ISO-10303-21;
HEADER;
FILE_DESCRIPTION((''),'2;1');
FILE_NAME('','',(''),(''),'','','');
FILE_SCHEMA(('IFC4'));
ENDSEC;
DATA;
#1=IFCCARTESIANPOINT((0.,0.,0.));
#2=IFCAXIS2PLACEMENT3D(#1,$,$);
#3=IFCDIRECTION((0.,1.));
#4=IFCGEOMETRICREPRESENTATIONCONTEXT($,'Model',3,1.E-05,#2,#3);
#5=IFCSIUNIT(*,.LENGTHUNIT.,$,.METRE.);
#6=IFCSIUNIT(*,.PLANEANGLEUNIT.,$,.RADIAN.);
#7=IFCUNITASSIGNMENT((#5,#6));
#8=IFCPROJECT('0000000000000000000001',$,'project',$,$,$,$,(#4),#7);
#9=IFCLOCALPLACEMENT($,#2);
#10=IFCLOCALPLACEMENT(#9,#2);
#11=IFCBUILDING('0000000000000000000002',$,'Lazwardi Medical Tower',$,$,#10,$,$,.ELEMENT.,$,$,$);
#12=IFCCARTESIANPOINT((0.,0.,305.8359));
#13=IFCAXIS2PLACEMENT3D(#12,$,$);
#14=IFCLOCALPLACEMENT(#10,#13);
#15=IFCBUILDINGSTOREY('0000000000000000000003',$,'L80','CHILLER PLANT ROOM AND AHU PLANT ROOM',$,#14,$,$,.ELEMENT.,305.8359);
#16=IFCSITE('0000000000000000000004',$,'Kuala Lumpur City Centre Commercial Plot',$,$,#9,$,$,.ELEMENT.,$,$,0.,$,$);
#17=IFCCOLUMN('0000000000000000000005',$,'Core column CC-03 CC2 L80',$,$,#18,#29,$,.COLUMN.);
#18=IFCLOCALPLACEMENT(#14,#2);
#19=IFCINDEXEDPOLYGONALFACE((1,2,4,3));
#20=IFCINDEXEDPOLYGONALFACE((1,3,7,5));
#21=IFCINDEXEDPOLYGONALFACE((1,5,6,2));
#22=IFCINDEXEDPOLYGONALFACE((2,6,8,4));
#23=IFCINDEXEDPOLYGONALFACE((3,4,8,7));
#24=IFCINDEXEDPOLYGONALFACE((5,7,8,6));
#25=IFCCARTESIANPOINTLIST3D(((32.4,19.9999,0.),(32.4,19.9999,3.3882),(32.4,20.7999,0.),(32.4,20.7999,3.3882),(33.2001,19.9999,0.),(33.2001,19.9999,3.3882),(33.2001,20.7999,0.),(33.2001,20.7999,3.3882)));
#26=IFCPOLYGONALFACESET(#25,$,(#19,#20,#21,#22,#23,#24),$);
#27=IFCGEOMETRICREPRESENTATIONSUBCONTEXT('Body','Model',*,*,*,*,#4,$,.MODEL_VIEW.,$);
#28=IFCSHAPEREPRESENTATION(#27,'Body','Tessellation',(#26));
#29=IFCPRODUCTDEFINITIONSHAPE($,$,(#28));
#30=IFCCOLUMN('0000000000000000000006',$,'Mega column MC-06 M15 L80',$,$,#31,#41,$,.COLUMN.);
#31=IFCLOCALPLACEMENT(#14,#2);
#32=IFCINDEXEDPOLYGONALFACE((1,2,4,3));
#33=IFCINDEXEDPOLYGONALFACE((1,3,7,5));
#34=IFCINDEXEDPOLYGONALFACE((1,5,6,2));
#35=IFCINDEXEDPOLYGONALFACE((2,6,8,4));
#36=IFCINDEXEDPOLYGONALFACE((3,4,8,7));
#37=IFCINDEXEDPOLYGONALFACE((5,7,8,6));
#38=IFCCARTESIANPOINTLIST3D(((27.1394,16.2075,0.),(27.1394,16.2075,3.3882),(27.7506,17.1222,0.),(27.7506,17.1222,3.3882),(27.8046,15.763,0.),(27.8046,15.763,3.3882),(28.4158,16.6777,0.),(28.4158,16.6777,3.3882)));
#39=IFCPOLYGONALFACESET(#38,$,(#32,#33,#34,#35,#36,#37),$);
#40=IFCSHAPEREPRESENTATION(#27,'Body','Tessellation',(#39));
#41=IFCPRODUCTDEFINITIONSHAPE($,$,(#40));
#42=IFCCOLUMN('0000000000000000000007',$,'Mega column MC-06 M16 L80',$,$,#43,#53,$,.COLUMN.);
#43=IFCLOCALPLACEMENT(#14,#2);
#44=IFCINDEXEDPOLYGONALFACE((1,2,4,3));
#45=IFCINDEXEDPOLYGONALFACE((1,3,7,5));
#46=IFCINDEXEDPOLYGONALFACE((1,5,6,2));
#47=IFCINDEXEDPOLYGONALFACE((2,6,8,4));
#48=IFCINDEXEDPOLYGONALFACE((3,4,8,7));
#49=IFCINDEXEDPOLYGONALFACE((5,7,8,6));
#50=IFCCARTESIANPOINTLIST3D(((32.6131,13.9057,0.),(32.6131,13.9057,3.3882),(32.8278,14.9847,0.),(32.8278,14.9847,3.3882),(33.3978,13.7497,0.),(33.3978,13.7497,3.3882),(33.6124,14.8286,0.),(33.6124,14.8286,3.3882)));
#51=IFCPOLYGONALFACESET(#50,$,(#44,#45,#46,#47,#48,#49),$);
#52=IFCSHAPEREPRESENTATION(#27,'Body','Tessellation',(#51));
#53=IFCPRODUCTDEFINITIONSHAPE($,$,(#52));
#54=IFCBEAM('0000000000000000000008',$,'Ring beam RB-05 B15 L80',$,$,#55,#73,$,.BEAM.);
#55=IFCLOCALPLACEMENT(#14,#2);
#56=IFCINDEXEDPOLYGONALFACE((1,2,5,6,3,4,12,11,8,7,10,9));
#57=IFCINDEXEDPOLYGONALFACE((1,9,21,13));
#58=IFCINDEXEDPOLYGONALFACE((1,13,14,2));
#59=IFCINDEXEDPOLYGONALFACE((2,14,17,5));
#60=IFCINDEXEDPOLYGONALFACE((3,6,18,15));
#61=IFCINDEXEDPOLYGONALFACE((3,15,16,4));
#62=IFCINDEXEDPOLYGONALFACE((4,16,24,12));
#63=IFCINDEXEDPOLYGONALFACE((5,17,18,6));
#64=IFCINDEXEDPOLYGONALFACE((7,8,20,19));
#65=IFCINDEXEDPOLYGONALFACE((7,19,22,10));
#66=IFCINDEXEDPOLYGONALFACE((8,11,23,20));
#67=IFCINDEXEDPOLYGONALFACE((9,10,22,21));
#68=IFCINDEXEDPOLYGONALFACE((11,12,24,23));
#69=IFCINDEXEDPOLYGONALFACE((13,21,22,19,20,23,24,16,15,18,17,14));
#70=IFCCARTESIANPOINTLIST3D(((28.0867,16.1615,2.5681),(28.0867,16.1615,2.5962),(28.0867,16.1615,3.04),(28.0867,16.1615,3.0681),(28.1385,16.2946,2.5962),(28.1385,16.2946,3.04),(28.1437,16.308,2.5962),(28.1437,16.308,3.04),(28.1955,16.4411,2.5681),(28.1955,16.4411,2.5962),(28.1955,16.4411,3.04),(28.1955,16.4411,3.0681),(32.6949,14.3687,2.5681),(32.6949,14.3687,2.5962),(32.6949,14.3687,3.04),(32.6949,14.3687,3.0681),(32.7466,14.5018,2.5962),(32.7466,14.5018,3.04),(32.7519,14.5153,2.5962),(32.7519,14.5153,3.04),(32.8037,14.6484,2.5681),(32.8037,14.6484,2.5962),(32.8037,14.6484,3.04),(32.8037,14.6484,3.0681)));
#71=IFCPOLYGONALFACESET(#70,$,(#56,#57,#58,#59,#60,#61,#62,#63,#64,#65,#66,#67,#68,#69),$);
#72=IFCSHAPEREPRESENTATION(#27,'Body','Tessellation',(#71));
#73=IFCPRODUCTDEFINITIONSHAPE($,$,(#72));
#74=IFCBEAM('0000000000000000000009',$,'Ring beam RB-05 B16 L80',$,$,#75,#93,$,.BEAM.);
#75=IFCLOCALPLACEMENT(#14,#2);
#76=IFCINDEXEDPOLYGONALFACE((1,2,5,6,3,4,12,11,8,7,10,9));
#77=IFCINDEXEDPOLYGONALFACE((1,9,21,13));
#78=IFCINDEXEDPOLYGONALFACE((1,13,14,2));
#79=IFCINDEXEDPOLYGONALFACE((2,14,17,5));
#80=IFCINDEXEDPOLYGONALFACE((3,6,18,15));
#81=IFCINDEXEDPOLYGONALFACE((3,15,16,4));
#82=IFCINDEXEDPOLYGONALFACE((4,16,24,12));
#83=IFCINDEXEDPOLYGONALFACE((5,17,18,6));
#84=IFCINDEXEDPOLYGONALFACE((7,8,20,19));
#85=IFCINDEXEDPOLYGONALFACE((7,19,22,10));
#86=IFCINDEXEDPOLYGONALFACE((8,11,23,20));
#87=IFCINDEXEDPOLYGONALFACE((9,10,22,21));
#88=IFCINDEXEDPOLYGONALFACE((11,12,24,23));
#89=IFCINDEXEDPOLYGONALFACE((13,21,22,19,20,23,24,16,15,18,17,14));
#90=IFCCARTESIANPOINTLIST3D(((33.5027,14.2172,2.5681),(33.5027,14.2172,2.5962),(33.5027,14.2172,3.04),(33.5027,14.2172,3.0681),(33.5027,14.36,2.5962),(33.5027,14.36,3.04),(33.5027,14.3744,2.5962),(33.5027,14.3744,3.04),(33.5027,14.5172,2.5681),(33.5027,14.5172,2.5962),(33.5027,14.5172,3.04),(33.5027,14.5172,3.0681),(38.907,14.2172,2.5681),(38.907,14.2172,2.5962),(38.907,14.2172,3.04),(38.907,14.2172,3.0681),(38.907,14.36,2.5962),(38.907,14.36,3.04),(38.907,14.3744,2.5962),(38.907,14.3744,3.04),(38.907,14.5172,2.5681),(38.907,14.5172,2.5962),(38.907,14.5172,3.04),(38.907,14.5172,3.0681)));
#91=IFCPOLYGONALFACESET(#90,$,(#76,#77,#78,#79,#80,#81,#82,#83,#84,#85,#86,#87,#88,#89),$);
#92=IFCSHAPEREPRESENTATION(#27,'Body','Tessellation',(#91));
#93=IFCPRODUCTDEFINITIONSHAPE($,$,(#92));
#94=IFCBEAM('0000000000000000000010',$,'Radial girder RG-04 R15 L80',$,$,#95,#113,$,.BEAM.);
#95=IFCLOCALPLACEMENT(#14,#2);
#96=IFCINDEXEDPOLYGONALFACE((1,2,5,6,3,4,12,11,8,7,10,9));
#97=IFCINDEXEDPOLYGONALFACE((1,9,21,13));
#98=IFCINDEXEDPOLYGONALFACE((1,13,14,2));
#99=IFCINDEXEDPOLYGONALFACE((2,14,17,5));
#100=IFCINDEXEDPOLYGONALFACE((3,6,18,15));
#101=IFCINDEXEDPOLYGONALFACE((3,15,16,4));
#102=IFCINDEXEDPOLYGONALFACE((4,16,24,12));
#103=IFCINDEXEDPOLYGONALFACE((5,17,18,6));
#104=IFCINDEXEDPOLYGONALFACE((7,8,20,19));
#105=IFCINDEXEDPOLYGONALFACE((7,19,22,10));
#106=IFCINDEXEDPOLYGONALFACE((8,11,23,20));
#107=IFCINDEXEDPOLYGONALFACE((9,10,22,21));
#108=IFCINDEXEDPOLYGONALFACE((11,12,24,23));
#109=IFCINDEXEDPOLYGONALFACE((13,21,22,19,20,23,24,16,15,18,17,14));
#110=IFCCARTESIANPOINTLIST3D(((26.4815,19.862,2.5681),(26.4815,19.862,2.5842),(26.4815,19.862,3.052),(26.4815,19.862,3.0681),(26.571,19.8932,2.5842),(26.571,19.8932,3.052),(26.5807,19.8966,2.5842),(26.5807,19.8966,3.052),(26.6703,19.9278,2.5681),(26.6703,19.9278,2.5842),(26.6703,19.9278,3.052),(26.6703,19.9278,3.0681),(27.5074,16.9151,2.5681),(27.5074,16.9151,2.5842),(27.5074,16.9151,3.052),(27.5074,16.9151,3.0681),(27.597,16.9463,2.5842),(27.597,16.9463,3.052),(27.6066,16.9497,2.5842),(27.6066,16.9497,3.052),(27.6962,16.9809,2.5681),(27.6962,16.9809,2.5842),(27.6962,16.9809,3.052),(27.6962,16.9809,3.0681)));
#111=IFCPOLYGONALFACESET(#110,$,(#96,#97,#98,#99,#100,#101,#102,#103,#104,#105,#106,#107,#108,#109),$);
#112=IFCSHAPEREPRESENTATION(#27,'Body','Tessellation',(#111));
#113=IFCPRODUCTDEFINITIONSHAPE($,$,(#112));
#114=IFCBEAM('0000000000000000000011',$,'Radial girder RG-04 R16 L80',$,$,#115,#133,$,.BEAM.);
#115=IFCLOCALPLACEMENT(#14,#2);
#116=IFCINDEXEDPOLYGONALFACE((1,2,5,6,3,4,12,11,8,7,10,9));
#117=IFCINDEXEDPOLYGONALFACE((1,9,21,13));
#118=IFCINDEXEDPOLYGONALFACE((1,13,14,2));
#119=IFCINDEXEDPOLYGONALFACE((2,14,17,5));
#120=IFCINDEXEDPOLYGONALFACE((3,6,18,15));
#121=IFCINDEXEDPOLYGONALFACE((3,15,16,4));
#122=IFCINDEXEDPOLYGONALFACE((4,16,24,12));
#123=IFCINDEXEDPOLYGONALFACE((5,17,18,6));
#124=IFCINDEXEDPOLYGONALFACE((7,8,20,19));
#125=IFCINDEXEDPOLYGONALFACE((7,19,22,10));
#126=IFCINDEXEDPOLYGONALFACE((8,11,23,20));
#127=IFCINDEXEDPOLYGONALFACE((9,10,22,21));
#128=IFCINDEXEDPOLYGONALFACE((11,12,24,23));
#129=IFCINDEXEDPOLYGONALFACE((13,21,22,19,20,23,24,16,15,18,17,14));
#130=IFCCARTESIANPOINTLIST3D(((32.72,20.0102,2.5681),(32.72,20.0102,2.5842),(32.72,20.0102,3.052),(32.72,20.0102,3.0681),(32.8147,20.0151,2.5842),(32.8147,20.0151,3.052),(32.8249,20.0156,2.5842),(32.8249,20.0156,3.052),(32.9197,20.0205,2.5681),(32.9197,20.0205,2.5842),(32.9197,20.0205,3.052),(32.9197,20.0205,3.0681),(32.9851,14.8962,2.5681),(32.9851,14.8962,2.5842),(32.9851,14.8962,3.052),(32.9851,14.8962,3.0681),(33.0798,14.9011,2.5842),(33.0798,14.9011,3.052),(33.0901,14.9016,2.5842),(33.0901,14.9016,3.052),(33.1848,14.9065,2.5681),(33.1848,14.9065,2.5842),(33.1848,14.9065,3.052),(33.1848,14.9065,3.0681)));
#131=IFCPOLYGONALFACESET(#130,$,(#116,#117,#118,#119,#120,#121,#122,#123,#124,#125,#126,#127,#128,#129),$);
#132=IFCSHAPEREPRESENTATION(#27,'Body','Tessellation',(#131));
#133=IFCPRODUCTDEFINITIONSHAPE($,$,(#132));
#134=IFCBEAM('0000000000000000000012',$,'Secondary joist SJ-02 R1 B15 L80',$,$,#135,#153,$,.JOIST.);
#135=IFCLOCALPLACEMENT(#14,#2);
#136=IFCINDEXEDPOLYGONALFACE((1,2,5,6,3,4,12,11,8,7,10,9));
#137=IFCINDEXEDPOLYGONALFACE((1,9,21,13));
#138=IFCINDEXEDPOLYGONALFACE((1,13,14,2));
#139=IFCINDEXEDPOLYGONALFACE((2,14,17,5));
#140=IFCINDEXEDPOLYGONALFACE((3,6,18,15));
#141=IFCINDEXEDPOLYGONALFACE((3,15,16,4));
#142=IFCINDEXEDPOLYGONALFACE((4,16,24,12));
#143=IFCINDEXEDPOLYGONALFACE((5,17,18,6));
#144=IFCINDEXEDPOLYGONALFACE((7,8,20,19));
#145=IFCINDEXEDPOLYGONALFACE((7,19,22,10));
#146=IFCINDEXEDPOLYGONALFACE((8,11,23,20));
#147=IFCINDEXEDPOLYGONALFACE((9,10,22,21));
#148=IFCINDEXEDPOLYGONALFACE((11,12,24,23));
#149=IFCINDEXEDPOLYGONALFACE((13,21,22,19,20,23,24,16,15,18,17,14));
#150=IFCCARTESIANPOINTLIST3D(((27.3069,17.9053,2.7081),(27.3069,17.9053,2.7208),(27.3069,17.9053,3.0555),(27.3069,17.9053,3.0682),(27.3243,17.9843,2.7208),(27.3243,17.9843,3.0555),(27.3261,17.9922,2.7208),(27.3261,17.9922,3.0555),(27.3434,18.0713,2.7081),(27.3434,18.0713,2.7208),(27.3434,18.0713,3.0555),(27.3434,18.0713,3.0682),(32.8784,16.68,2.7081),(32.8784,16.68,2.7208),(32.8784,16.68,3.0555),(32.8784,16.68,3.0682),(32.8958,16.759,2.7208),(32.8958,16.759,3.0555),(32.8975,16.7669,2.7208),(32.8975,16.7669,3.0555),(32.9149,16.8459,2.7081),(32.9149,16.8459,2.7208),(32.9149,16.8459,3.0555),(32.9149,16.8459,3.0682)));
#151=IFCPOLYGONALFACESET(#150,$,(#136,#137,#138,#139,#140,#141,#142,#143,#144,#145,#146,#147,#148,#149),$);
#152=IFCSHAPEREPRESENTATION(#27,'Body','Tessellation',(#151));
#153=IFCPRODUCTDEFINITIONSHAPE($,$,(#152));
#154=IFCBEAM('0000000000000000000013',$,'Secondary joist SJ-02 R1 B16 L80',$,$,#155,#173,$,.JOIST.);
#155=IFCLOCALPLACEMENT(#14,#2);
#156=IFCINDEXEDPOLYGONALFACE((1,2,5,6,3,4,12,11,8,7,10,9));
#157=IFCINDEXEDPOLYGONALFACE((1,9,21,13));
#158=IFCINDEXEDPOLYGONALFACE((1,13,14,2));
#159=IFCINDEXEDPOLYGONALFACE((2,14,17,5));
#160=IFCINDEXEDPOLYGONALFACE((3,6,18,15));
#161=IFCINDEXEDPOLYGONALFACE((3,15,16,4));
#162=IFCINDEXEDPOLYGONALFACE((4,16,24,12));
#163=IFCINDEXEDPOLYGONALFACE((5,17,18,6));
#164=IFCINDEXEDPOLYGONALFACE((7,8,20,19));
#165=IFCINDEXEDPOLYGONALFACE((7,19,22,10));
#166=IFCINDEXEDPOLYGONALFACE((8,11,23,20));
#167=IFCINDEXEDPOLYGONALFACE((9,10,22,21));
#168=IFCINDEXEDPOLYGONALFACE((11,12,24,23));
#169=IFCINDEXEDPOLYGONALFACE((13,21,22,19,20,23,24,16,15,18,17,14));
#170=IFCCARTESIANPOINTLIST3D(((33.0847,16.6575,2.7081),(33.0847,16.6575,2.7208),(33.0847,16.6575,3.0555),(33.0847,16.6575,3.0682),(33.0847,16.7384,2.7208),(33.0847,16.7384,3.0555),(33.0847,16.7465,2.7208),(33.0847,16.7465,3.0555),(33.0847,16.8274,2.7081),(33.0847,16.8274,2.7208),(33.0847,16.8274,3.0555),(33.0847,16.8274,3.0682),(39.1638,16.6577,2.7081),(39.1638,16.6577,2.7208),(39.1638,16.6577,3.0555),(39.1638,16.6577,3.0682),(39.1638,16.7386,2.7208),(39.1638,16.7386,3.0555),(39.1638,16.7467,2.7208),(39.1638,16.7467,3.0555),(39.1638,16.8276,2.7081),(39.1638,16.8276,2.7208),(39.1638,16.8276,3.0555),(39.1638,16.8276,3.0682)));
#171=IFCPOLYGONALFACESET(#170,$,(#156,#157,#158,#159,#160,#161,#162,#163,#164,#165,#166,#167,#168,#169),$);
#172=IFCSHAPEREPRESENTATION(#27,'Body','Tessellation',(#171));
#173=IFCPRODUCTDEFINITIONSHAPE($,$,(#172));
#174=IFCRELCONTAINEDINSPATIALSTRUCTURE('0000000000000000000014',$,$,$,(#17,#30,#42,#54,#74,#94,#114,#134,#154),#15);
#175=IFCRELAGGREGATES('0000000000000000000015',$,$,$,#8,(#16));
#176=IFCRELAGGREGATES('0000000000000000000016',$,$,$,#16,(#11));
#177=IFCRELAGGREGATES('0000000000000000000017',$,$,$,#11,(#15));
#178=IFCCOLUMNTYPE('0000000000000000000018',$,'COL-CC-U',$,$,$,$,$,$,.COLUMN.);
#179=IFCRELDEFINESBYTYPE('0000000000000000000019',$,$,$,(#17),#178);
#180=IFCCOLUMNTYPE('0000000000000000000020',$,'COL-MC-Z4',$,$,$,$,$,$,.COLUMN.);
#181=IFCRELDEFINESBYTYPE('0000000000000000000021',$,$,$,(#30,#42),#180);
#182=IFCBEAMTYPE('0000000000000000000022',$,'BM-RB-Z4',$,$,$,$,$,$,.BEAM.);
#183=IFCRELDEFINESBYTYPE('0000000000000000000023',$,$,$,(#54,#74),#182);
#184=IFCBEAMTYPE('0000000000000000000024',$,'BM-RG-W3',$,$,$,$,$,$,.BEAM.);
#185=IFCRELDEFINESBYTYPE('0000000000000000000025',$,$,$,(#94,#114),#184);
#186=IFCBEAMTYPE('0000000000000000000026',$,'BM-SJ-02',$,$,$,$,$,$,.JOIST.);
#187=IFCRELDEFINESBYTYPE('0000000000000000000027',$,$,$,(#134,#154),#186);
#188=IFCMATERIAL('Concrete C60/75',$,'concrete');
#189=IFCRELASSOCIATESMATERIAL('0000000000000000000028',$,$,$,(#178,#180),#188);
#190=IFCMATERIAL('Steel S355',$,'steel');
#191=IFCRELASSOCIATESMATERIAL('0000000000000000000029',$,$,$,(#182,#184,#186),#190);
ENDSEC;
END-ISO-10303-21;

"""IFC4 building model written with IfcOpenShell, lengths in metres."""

from ifc_helpers import new_model, si_unit, direction, frame, origin, origin_2d, place, context, subcontext, project, spatial, rectangle, i_section, extrude, material, material_profile, profile_set, type_object, element, save


model = new_model("IFC4")

# Units and contexts
model_context = context("Model", 3, precision=1e-05, world=origin(), true_north=direction((0.0, 1.0)))
body_context = subcontext(model_context, "Body", "Model", "MODEL_VIEW")
ifc_project = project(units=[si_unit("LENGTHUNIT", "METRE"), si_unit("PLANEANGLEUNIT", "RADIAN")], contexts=[model_context])

# Site, building, storey
site_placement = place(None, origin())
site = spatial("IfcSite", under=ifc_project, at=site_placement, Name="Kuala Lumpur City Centre Commercial Plot", CompositionType="ELEMENT", RefElevation=0.0)
building_placement = place(site_placement, origin())
building = spatial("IfcBuilding", under=site, at=building_placement, Name="Lazwardi Medical Tower", CompositionType="ELEMENT")
storey_placement = place(building_placement, frame((0.0, 0.0, 305.8359)))
storey = spatial("IfcBuildingStorey", under=building, at=storey_placement, Name="L80", Description="CHILLER PLANT ROOM AND AHU PLANT ROOM", CompositionType="ELEMENT", Elevation=305.8359)

# Columns
ifc_material_1 = material(Name="Concrete C60/75", Category="concrete")
ifc_material_profile_1 = material_profile(ifc_material_1, rectangle(XDim=0.8, YDim=0.8, at=origin_2d()), Name="RC 800x800")
ifc_profile_set_1 = profile_set([ifc_material_profile_1], Name="Concrete C60/75")
column_type_1 = type_object("IfcColumnType", Name="COL-CC-U", PredefinedType="COLUMN", material=ifc_profile_set_1)
column_placement = place(storey_placement, frame((32.8, 20.3999, 0.0), z_axis=(0.0, 0.0, 1.0), x_axis=(1.0, 0.0, 0.0)))
element("IfcColumn", 1, at=column_placement, inside=storey, type_object=column_type_1, Name="Core column CC-03 CC2 L80", PredefinedType="COLUMN", context=body_context, shape_type="SweptSolid", body=[
    extrude(rectangle(XDim=0.8, YDim=0.8, at=origin_2d()), origin(), (0.0, 0.0, 1.0), 3.3882),
])
ifc_material_profile_2 = material_profile(ifc_material_1, rectangle(XDim=1.1001, YDim=0.8, at=origin_2d()), Name="CFT-RECT 1100x800")
ifc_profile_set_2 = profile_set([ifc_material_profile_2], Name="Concrete C60/75")
column_type_2 = type_object("IfcColumnType", Name="COL-MC-Z4", PredefinedType="COLUMN", material=ifc_profile_set_2)
for number, where, z_axis, x_axis, name in (
    (2, (27.7776, 16.4426, 0.0), (0.0, 0.0, 1.0), (-0.55557, -0.83147, 0.0), "Mega column MC-06 M15 L80"),
    (3, (33.1128, 14.3672, 0.0), (0.0, 0.0, 1.0), (-0.19509, -0.980785, 0.0), "Mega column MC-06 M16 L80"),
):
    element("IfcColumn", number, at=place(storey_placement, frame(where, z_axis=z_axis, x_axis=x_axis)), inside=storey, type_object=column_type_2, Name=name, PredefinedType="COLUMN", context=body_context, shape_type="SweptSolid", body=[
        extrude(rectangle(XDim=1.1001, YDim=0.8, at=origin_2d()), origin(), (0.0, 0.0, 1.0), 3.3882),
    ])

# Beams
ifc_material_2 = material(Name="Steel S355", Category="steel")
ifc_material_profile_3 = material_profile(ifc_material_2, i_section(OverallWidth=0.3, OverallDepth=0.5, WebThickness=0.0144, FlangeThickness=0.0281, at=origin_2d()), Name="HEB 500")
ifc_profile_set_3 = profile_set([ifc_material_profile_3], Name="Steel S355")
beam_type_1 = type_object("IfcBeamType", Name="BM-RB-Z4", PredefinedType="BEAM", material=ifc_profile_set_3)
beam_1_placement = place(storey_placement, frame((28.1411, 16.3013, 2.8181), z_axis=(0.931959, -0.362563, 0.0), x_axis=(0.362563, 0.931959, 0.0)))
element("IfcBeam", 4, at=beam_1_placement, inside=storey, type_object=beam_type_1, Name="Ring beam RB-05 B15 L80", PredefinedType="BEAM", context=body_context, shape_type="SweptSolid", body=[
    extrude(i_section(OverallWidth=0.3, OverallDepth=0.5, WebThickness=0.0144, FlangeThickness=0.0281, at=origin_2d()), origin(), (0.0, 0.0, 1.0), 4.9446),
])
beam_2_placement = place(storey_placement, frame((33.5027, 14.3672, 2.8181), z_axis=(1.0, 0.0, 0.0), x_axis=(0.0, 1.0, 0.0)))
element("IfcBeam", 5, at=beam_2_placement, inside=storey, type_object=beam_type_1, Name="Ring beam RB-05 B16 L80", PredefinedType="BEAM", context=body_context, shape_type="SweptSolid", body=[
    extrude(i_section(OverallWidth=0.3, OverallDepth=0.5, WebThickness=0.0144, FlangeThickness=0.0281, at=origin_2d()), origin(), (0.0, 0.0, 1.0), 5.4043),
])
ifc_material_profile_4 = material_profile(ifc_material_2, i_section(OverallWidth=0.2, OverallDepth=0.5, WebThickness=0.0103, FlangeThickness=0.0161, at=origin_2d()), Name="IPE 500")
ifc_profile_set_4 = profile_set([ifc_material_profile_4], Name="Steel S355")
beam_type_2 = type_object("IfcBeamType", Name="BM-RG-W3", PredefinedType="BEAM", material=ifc_profile_set_4)
beam_3_placement = place(storey_placement, frame((27.6018, 16.948, 2.8181), z_axis=(-0.328782, 0.944406, 0.0), x_axis=(-0.944406, -0.328782, 0.0)))
element("IfcBeam", 6, at=beam_3_placement, inside=storey, type_object=beam_type_2, Name="Radial girder RG-04 R15 L80", PredefinedType="BEAM", context=body_context, shape_type="SweptSolid", body=[
    extrude(i_section(OverallWidth=0.2, OverallDepth=0.5, WebThickness=0.0103, FlangeThickness=0.0161, at=origin_2d()), origin(), (0.0, 0.0, 1.0), 3.1204),
])
beam_4_placement = place(storey_placement, frame((33.085, 14.9014, 2.8181), z_axis=(-0.051776, 0.998659, 0.0), x_axis=(-0.998659, -0.051776, 0.0)))
element("IfcBeam", 7, at=beam_4_placement, inside=storey, type_object=beam_type_2, Name="Radial girder RG-04 R16 L80", PredefinedType="BEAM", context=body_context, shape_type="SweptSolid", body=[
    extrude(i_section(OverallWidth=0.2, OverallDepth=0.5, WebThickness=0.0103, FlangeThickness=0.0161, at=origin_2d()), origin(), (0.0, 0.0, 1.0), 5.1208),
])
ifc_material_profile_5 = material_profile(ifc_material_2, i_section(OverallWidth=0.1699, OverallDepth=0.3601, WebThickness=0.0081, FlangeThickness=0.0127, at=origin_2d()), Name="IPE 360")
ifc_profile_set_5 = profile_set([ifc_material_profile_5], Name="Steel S355")
beam_type_3 = type_object("IfcBeamType", Name="BM-SJ-02", PredefinedType="JOIST", material=ifc_profile_set_5)
beam_5_placement = place(storey_placement, frame((27.3252, 17.9883, 2.8882), z_axis=(0.976659, -0.214796, 0.0), x_axis=(0.214796, 0.976659, 0.0)))
element("IfcBeam", 8, at=beam_5_placement, inside=storey, type_object=beam_type_3, Name="Secondary joist SJ-02 R1 B15 L80", PredefinedType="JOIST", context=body_context, shape_type="SweptSolid", body=[
    extrude(i_section(OverallWidth=0.1699, OverallDepth=0.3601, WebThickness=0.0081, FlangeThickness=0.0127, at=origin_2d()), origin(), (0.0, 0.0, 1.0), 5.7046),
])
beam_6_placement = place(storey_placement, frame((33.0847, 16.7424, 2.8882), z_axis=(1.0, 0.00004, 0.0), x_axis=(-0.00004, 1.0, 0.0)))
element("IfcBeam", 9, at=beam_6_placement, inside=storey, type_object=beam_type_3, Name="Secondary joist SJ-02 R1 B16 L80", PredefinedType="JOIST", context=body_context, shape_type="SweptSolid", body=[
    extrude(i_section(OverallWidth=0.1699, OverallDepth=0.3601, WebThickness=0.0081, FlangeThickness=0.0127, at=origin_2d()), origin(), (0.0, 0.0, 1.0), 6.0791),
])

save(model, "model.ifc")
